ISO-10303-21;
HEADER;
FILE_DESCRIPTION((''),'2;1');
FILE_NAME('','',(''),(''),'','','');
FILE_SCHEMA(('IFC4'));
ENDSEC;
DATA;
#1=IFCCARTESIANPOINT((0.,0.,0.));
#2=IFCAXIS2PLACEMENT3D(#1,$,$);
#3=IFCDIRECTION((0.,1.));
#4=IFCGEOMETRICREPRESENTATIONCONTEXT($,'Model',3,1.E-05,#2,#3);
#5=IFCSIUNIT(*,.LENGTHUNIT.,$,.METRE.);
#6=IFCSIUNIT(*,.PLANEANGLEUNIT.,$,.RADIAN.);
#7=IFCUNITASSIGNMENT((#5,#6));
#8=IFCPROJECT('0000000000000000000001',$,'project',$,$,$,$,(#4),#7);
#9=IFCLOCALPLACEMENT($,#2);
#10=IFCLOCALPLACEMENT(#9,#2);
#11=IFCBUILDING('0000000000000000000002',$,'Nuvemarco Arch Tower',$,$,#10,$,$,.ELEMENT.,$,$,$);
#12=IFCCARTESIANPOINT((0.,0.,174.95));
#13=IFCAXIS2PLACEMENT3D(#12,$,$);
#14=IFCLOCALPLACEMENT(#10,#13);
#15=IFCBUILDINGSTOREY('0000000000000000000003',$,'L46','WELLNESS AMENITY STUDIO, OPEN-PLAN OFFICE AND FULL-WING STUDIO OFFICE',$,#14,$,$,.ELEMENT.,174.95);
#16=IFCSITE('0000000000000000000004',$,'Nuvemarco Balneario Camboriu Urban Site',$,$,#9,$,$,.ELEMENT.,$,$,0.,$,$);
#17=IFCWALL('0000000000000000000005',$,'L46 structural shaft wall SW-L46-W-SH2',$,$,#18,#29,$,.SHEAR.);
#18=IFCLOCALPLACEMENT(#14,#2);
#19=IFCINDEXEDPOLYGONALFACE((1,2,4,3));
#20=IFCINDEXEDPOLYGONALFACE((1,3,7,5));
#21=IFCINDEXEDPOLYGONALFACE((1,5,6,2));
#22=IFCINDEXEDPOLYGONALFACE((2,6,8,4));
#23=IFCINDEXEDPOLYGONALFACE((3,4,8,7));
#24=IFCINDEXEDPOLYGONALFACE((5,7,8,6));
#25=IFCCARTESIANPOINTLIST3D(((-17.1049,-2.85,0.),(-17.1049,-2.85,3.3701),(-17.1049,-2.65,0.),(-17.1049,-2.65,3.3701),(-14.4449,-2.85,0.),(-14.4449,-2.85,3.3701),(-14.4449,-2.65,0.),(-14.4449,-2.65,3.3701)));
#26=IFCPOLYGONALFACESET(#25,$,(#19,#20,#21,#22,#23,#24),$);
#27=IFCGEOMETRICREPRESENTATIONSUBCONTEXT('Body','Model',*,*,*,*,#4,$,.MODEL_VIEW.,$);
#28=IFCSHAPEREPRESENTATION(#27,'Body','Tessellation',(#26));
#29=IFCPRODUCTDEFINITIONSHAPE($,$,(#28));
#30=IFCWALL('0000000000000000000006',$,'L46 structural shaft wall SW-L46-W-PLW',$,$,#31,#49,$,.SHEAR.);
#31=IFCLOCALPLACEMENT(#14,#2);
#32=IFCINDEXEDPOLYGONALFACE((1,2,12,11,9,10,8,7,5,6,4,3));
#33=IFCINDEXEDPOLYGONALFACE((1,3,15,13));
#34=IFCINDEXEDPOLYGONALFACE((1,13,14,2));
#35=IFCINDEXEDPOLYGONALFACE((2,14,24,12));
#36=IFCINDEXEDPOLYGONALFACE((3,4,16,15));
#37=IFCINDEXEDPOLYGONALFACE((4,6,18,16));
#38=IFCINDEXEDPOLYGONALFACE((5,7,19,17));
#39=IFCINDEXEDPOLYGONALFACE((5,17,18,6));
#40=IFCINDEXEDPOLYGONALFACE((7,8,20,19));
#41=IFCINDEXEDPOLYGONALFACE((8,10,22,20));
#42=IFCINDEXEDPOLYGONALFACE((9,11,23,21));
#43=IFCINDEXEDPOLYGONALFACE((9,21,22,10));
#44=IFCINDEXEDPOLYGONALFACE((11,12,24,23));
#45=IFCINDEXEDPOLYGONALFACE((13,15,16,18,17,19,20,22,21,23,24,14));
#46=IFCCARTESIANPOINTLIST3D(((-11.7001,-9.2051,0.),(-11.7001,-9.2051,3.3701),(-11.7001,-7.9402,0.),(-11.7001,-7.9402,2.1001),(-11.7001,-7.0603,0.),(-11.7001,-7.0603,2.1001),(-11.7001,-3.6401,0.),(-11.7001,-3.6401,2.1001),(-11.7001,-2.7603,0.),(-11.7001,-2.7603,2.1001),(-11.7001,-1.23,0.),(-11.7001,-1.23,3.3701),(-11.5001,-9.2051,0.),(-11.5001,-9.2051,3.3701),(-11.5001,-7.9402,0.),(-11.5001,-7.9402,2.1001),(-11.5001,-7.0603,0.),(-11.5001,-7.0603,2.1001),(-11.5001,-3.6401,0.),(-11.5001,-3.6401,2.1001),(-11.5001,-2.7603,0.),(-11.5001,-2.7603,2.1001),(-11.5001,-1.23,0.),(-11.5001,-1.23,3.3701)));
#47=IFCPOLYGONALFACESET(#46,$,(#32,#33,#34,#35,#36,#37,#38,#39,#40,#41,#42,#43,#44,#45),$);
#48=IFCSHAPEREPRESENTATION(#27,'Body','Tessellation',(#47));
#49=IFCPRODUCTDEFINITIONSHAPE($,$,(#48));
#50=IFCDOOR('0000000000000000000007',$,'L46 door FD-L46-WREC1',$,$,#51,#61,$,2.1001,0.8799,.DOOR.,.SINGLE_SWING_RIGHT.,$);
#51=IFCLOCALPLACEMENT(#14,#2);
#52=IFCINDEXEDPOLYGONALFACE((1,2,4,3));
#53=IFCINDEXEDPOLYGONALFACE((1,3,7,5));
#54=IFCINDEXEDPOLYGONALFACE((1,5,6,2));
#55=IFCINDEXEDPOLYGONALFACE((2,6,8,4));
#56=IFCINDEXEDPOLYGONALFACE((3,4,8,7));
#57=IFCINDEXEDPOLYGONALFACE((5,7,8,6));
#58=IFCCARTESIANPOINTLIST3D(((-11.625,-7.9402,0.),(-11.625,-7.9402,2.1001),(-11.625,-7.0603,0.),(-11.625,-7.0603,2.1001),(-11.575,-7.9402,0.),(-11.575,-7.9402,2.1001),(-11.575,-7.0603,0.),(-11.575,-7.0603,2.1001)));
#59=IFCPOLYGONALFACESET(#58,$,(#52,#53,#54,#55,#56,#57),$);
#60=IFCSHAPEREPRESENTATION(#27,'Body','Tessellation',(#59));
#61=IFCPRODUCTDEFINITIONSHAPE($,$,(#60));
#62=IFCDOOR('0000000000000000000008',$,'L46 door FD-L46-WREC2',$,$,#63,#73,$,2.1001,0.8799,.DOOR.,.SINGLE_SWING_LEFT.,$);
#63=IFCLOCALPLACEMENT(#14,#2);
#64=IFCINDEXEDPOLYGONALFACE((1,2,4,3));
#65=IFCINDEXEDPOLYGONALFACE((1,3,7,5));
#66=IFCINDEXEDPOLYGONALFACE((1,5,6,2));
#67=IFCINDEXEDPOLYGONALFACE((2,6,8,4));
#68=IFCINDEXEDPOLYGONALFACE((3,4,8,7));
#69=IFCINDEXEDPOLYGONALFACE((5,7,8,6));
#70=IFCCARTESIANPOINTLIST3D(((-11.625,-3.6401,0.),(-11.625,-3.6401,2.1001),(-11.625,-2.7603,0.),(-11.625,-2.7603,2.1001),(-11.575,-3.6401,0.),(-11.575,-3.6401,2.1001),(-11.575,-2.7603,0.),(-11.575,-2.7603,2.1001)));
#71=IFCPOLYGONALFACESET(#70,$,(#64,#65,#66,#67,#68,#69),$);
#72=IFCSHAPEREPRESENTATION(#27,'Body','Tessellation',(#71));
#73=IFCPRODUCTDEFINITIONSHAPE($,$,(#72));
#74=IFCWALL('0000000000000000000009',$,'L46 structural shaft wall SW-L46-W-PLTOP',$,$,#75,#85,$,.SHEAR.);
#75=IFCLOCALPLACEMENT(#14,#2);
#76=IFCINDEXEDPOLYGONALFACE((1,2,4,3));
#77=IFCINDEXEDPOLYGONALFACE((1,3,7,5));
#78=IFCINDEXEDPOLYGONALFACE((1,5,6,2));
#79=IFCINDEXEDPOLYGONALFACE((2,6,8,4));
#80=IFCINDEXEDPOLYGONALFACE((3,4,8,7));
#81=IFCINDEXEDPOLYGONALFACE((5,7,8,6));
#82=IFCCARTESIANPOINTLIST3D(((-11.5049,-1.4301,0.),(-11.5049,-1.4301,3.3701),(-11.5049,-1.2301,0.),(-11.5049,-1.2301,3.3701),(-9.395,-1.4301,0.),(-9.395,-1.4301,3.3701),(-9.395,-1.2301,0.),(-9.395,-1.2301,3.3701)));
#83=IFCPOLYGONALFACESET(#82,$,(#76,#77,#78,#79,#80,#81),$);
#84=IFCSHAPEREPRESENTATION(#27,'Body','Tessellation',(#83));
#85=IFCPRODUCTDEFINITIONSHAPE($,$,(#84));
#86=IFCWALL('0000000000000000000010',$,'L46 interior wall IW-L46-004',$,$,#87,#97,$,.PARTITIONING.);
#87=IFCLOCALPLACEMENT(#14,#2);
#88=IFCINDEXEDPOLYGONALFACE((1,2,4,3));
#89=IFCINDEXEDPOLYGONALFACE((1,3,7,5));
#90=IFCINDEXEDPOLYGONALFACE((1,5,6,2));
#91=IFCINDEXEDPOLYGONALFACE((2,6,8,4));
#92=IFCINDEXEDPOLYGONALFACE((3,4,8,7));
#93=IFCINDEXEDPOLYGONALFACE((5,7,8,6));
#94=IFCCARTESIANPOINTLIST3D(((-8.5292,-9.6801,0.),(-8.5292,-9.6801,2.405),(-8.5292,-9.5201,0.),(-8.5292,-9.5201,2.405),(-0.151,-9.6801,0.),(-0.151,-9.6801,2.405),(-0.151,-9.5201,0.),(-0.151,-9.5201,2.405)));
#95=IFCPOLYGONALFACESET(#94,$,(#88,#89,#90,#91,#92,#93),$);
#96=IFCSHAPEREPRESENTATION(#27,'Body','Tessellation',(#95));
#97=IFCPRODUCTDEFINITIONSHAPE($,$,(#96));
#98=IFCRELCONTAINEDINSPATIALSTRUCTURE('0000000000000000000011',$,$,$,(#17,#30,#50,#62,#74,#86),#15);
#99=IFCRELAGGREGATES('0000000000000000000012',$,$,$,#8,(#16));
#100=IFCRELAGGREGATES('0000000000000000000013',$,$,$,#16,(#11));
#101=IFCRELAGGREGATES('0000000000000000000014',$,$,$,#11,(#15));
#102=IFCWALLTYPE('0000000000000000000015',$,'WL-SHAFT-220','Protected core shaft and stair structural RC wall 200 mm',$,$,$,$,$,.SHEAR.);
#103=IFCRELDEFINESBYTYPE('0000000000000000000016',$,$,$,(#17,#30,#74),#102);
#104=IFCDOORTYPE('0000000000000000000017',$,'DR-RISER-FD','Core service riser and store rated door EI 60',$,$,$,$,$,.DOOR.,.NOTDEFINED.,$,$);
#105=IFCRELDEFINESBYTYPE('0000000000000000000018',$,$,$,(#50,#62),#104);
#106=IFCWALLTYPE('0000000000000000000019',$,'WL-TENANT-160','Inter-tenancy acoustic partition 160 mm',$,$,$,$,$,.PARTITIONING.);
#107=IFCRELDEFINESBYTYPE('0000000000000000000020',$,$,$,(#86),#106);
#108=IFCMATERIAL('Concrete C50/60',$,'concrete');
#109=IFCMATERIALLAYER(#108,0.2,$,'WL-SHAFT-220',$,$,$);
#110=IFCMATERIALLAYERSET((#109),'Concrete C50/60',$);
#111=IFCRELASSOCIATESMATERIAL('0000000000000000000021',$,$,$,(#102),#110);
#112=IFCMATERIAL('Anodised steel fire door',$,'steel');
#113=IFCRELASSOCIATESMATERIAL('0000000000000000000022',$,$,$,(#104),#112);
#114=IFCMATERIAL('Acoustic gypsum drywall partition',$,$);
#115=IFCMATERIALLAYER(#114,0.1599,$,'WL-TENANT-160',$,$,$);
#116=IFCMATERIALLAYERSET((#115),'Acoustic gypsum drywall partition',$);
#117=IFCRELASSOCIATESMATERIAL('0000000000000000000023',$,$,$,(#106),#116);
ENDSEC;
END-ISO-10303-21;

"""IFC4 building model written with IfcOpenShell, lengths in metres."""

from ifc_helpers import new_model, si_unit, direction, frame, frame_2d, origin, place, context, subcontext, project, spatial, rectangle, extrude, source, transform, mapped, material, layer, layer_set, type_object, type_shapes, element, fill, save


model = new_model("IFC4")

# Units and contexts
model_context = context("Model", 3, precision=1e-05, world=origin(), true_north=direction((0.0, 1.0)))
body_context = subcontext(model_context, "Body", "Model", "MODEL_VIEW")
ifc_project = project(units=[si_unit("LENGTHUNIT", "METRE"), si_unit("PLANEANGLEUNIT", "RADIAN")], contexts=[model_context])

# Site, building, storey
site_placement = place(None, origin())
site = spatial("IfcSite", under=ifc_project, at=site_placement, Name="Nuvemarco Balneario Camboriu Urban Site", CompositionType="ELEMENT", RefElevation=0.0)
building_placement = place(site_placement, origin())
building = spatial("IfcBuilding", under=site, at=building_placement, Name="Nuvemarco Arch Tower", CompositionType="ELEMENT")
storey_placement = place(building_placement, frame((0.0, 0.0, 174.95)))
storey = spatial("IfcBuildingStorey", under=building, at=storey_placement, Name="L46", Description="WELLNESS AMENITY STUDIO, OPEN-PLAN OFFICE AND FULL-WING STUDIO OFFICE", CompositionType="ELEMENT", Elevation=174.95)

# Shared definitions
ifc_material_1 = material(Name="Concrete C50/60", Category="concrete")

# Shared definitions
ifc_material_2 = material(Name="Anodised steel fire door", Category="steel")

# Shared definitions
ifc_layer_1 = layer(ifc_material_1, 0.2, Name="WL-SHAFT-220")
ifc_layer_set_1 = layer_set([ifc_layer_1], Name="Concrete C50/60")
wall_type_1 = type_object("IfcWallType", Name="WL-SHAFT-220", Description="Protected core shaft and stair structural RC wall 200 mm", PredefinedType="SHEAR", material=ifc_layer_set_1)

# Shared definitions
door_type_1 = type_object("IfcDoorType", Name="DR-RISER-FD", Description="Core service riser and store rated door EI 60", OperationType="NOTDEFINED", PredefinedType="DOOR", material=ifc_material_2)
shared_shape_1 = source(origin(), body_context, "Body", "SweptSolid", [
    extrude(rectangle(XDim=0.8799, YDim=2.1001, at=frame_2d((0.4399, 1.05))), frame((0.0, 0.0249, 0.0), z_axis=(0.0, -1.0, 0.0), x_axis=(1.0, 0.0, 0.0)), (0.0, 0.0, 1.0), 0.05),
])
type_shapes(door_type_1, [shared_shape_1])

# Wall
wall_1_placement = place(storey_placement, frame((-17.105, -2.75, 0.0), z_axis=(0.0, 0.0, 1.0), x_axis=(1.0, 0.0, 0.0)))
element("IfcWall", 1, at=wall_1_placement, inside=storey, type_object=wall_type_1, Name="L46 structural shaft wall SW-L46-W-SH2", PredefinedType="SHEAR", context=body_context, shape_type="SweptSolid", body=[
    extrude(rectangle(XDim=2.6599, YDim=0.2, at=frame_2d((1.3301, 0.0))), origin(), (0.0, 0.0, 1.0), 3.3701),
])

# Wall, openings, doors
wall_2_placement = place(storey_placement, frame((-11.6001, -9.2051, 0.0), z_axis=(0.0, 0.0, 1.0), x_axis=(0.0, 1.0, 0.0)))
wall_2 = element("IfcWall", 2, at=wall_2_placement, inside=storey, type_object=wall_type_1, Name="L46 structural shaft wall SW-L46-W-PLW", PredefinedType="SHEAR", context=body_context, shape_type="SweptSolid", body=[
    extrude(rectangle(XDim=7.9751, YDim=0.2, at=frame_2d((3.9875, 0.0))), origin(), (0.0, 0.0, 1.0), 3.3701),
])
opening_1_placement = place(wall_2_placement, frame((1.2649, 0.0, 0.0)))
opening_1 = element("IfcOpeningElement", 3, at=opening_1_placement, cuts=wall_2, PredefinedType="OPENING", context=body_context, shape_type="SweptSolid", body=[
    extrude(rectangle(XDim=0.8799, YDim=2.1001, at=frame_2d((0.4399, 1.05))), frame((0.0, 0.1099, 0.0), z_axis=(0.0, -1.0, 0.0), x_axis=(1.0, 0.0, 0.0)), (0.0, 0.0, 1.0), 0.22),
])
opening_2_placement = place(wall_2_placement, frame((5.5649, 0.0, 0.0)))
opening_2 = element("IfcOpeningElement", 4, at=opening_2_placement, cuts=wall_2, PredefinedType="OPENING", context=body_context, shape_type="SweptSolid", body=[
    extrude(rectangle(XDim=0.8799, YDim=2.1001, at=frame_2d((0.4399, 1.05))), frame((0.0, 0.1099, 0.0), z_axis=(0.0, -1.0, 0.0), x_axis=(1.0, 0.0, 0.0)), (0.0, 0.0, 1.0), 0.22),
])
door_1_placement = place(opening_1_placement, origin())
door_1 = element("IfcDoor", 5, at=door_1_placement, inside=storey, type_object=door_type_1, Name="L46 door FD-L46-WREC1", OperationType="SINGLE_SWING_RIGHT", OverallHeight=2.1001, OverallWidth=0.8799, PredefinedType="DOOR", context=body_context, shape_type="MappedRepresentation", body=[
    mapped(shared_shape_1, transform((0.0, 0.0, 0.0), scale=1.0)),
])
fill(opening_1, door_1)
door_2_placement = place(opening_2_placement, origin())
door_2 = element("IfcDoor", 6, at=door_2_placement, inside=storey, type_object=door_type_1, Name="L46 door FD-L46-WREC2", OperationType="SINGLE_SWING_LEFT", OverallHeight=2.1001, OverallWidth=0.8799, PredefinedType="DOOR", context=body_context, shape_type="MappedRepresentation", body=[
    mapped(shared_shape_1, transform((0.0, 0.0, 0.0), scale=1.0)),
])
fill(opening_2, door_2)

# Walls
wall_3_placement = place(storey_placement, frame((-11.5049, -1.3301, 0.0), z_axis=(0.0, 0.0, 1.0), x_axis=(1.0, 0.0, 0.0)))
element("IfcWall", 7, at=wall_3_placement, inside=storey, type_object=wall_type_1, Name="L46 structural shaft wall SW-L46-W-PLTOP", PredefinedType="SHEAR", context=body_context, shape_type="SweptSolid", body=[
    extrude(rectangle(XDim=2.1099, YDim=0.2, at=frame_2d((1.0549, 0.0))), origin(), (0.0, 0.0, 1.0), 3.3701),
])
ifc_material_3 = material(Name="Acoustic gypsum drywall partition")
ifc_layer_2 = layer(ifc_material_3, 0.1599, Name="WL-TENANT-160")
ifc_layer_set_2 = layer_set([ifc_layer_2], Name="Acoustic gypsum drywall partition")
wall_type_2 = type_object("IfcWallType", Name="WL-TENANT-160", Description="Inter-tenancy acoustic partition 160 mm", PredefinedType="PARTITIONING", material=ifc_layer_set_2)
wall_4_placement = place(storey_placement, frame((-8.5291, -9.6001, 0.0), z_axis=(0.0, 0.0, 1.0), x_axis=(1.0, 0.0, 0.0)))
element("IfcWall", 8, at=wall_4_placement, inside=storey, type_object=wall_type_2, Name="L46 interior wall IW-L46-004", PredefinedType="PARTITIONING", context=body_context, shape_type="SweptSolid", body=[
    extrude(rectangle(XDim=8.3782, YDim=0.1599, at=frame_2d((4.189, 0.0))), origin(), (0.0, 0.0, 1.0), 2.405),
])

save(model, "model.ifc")
